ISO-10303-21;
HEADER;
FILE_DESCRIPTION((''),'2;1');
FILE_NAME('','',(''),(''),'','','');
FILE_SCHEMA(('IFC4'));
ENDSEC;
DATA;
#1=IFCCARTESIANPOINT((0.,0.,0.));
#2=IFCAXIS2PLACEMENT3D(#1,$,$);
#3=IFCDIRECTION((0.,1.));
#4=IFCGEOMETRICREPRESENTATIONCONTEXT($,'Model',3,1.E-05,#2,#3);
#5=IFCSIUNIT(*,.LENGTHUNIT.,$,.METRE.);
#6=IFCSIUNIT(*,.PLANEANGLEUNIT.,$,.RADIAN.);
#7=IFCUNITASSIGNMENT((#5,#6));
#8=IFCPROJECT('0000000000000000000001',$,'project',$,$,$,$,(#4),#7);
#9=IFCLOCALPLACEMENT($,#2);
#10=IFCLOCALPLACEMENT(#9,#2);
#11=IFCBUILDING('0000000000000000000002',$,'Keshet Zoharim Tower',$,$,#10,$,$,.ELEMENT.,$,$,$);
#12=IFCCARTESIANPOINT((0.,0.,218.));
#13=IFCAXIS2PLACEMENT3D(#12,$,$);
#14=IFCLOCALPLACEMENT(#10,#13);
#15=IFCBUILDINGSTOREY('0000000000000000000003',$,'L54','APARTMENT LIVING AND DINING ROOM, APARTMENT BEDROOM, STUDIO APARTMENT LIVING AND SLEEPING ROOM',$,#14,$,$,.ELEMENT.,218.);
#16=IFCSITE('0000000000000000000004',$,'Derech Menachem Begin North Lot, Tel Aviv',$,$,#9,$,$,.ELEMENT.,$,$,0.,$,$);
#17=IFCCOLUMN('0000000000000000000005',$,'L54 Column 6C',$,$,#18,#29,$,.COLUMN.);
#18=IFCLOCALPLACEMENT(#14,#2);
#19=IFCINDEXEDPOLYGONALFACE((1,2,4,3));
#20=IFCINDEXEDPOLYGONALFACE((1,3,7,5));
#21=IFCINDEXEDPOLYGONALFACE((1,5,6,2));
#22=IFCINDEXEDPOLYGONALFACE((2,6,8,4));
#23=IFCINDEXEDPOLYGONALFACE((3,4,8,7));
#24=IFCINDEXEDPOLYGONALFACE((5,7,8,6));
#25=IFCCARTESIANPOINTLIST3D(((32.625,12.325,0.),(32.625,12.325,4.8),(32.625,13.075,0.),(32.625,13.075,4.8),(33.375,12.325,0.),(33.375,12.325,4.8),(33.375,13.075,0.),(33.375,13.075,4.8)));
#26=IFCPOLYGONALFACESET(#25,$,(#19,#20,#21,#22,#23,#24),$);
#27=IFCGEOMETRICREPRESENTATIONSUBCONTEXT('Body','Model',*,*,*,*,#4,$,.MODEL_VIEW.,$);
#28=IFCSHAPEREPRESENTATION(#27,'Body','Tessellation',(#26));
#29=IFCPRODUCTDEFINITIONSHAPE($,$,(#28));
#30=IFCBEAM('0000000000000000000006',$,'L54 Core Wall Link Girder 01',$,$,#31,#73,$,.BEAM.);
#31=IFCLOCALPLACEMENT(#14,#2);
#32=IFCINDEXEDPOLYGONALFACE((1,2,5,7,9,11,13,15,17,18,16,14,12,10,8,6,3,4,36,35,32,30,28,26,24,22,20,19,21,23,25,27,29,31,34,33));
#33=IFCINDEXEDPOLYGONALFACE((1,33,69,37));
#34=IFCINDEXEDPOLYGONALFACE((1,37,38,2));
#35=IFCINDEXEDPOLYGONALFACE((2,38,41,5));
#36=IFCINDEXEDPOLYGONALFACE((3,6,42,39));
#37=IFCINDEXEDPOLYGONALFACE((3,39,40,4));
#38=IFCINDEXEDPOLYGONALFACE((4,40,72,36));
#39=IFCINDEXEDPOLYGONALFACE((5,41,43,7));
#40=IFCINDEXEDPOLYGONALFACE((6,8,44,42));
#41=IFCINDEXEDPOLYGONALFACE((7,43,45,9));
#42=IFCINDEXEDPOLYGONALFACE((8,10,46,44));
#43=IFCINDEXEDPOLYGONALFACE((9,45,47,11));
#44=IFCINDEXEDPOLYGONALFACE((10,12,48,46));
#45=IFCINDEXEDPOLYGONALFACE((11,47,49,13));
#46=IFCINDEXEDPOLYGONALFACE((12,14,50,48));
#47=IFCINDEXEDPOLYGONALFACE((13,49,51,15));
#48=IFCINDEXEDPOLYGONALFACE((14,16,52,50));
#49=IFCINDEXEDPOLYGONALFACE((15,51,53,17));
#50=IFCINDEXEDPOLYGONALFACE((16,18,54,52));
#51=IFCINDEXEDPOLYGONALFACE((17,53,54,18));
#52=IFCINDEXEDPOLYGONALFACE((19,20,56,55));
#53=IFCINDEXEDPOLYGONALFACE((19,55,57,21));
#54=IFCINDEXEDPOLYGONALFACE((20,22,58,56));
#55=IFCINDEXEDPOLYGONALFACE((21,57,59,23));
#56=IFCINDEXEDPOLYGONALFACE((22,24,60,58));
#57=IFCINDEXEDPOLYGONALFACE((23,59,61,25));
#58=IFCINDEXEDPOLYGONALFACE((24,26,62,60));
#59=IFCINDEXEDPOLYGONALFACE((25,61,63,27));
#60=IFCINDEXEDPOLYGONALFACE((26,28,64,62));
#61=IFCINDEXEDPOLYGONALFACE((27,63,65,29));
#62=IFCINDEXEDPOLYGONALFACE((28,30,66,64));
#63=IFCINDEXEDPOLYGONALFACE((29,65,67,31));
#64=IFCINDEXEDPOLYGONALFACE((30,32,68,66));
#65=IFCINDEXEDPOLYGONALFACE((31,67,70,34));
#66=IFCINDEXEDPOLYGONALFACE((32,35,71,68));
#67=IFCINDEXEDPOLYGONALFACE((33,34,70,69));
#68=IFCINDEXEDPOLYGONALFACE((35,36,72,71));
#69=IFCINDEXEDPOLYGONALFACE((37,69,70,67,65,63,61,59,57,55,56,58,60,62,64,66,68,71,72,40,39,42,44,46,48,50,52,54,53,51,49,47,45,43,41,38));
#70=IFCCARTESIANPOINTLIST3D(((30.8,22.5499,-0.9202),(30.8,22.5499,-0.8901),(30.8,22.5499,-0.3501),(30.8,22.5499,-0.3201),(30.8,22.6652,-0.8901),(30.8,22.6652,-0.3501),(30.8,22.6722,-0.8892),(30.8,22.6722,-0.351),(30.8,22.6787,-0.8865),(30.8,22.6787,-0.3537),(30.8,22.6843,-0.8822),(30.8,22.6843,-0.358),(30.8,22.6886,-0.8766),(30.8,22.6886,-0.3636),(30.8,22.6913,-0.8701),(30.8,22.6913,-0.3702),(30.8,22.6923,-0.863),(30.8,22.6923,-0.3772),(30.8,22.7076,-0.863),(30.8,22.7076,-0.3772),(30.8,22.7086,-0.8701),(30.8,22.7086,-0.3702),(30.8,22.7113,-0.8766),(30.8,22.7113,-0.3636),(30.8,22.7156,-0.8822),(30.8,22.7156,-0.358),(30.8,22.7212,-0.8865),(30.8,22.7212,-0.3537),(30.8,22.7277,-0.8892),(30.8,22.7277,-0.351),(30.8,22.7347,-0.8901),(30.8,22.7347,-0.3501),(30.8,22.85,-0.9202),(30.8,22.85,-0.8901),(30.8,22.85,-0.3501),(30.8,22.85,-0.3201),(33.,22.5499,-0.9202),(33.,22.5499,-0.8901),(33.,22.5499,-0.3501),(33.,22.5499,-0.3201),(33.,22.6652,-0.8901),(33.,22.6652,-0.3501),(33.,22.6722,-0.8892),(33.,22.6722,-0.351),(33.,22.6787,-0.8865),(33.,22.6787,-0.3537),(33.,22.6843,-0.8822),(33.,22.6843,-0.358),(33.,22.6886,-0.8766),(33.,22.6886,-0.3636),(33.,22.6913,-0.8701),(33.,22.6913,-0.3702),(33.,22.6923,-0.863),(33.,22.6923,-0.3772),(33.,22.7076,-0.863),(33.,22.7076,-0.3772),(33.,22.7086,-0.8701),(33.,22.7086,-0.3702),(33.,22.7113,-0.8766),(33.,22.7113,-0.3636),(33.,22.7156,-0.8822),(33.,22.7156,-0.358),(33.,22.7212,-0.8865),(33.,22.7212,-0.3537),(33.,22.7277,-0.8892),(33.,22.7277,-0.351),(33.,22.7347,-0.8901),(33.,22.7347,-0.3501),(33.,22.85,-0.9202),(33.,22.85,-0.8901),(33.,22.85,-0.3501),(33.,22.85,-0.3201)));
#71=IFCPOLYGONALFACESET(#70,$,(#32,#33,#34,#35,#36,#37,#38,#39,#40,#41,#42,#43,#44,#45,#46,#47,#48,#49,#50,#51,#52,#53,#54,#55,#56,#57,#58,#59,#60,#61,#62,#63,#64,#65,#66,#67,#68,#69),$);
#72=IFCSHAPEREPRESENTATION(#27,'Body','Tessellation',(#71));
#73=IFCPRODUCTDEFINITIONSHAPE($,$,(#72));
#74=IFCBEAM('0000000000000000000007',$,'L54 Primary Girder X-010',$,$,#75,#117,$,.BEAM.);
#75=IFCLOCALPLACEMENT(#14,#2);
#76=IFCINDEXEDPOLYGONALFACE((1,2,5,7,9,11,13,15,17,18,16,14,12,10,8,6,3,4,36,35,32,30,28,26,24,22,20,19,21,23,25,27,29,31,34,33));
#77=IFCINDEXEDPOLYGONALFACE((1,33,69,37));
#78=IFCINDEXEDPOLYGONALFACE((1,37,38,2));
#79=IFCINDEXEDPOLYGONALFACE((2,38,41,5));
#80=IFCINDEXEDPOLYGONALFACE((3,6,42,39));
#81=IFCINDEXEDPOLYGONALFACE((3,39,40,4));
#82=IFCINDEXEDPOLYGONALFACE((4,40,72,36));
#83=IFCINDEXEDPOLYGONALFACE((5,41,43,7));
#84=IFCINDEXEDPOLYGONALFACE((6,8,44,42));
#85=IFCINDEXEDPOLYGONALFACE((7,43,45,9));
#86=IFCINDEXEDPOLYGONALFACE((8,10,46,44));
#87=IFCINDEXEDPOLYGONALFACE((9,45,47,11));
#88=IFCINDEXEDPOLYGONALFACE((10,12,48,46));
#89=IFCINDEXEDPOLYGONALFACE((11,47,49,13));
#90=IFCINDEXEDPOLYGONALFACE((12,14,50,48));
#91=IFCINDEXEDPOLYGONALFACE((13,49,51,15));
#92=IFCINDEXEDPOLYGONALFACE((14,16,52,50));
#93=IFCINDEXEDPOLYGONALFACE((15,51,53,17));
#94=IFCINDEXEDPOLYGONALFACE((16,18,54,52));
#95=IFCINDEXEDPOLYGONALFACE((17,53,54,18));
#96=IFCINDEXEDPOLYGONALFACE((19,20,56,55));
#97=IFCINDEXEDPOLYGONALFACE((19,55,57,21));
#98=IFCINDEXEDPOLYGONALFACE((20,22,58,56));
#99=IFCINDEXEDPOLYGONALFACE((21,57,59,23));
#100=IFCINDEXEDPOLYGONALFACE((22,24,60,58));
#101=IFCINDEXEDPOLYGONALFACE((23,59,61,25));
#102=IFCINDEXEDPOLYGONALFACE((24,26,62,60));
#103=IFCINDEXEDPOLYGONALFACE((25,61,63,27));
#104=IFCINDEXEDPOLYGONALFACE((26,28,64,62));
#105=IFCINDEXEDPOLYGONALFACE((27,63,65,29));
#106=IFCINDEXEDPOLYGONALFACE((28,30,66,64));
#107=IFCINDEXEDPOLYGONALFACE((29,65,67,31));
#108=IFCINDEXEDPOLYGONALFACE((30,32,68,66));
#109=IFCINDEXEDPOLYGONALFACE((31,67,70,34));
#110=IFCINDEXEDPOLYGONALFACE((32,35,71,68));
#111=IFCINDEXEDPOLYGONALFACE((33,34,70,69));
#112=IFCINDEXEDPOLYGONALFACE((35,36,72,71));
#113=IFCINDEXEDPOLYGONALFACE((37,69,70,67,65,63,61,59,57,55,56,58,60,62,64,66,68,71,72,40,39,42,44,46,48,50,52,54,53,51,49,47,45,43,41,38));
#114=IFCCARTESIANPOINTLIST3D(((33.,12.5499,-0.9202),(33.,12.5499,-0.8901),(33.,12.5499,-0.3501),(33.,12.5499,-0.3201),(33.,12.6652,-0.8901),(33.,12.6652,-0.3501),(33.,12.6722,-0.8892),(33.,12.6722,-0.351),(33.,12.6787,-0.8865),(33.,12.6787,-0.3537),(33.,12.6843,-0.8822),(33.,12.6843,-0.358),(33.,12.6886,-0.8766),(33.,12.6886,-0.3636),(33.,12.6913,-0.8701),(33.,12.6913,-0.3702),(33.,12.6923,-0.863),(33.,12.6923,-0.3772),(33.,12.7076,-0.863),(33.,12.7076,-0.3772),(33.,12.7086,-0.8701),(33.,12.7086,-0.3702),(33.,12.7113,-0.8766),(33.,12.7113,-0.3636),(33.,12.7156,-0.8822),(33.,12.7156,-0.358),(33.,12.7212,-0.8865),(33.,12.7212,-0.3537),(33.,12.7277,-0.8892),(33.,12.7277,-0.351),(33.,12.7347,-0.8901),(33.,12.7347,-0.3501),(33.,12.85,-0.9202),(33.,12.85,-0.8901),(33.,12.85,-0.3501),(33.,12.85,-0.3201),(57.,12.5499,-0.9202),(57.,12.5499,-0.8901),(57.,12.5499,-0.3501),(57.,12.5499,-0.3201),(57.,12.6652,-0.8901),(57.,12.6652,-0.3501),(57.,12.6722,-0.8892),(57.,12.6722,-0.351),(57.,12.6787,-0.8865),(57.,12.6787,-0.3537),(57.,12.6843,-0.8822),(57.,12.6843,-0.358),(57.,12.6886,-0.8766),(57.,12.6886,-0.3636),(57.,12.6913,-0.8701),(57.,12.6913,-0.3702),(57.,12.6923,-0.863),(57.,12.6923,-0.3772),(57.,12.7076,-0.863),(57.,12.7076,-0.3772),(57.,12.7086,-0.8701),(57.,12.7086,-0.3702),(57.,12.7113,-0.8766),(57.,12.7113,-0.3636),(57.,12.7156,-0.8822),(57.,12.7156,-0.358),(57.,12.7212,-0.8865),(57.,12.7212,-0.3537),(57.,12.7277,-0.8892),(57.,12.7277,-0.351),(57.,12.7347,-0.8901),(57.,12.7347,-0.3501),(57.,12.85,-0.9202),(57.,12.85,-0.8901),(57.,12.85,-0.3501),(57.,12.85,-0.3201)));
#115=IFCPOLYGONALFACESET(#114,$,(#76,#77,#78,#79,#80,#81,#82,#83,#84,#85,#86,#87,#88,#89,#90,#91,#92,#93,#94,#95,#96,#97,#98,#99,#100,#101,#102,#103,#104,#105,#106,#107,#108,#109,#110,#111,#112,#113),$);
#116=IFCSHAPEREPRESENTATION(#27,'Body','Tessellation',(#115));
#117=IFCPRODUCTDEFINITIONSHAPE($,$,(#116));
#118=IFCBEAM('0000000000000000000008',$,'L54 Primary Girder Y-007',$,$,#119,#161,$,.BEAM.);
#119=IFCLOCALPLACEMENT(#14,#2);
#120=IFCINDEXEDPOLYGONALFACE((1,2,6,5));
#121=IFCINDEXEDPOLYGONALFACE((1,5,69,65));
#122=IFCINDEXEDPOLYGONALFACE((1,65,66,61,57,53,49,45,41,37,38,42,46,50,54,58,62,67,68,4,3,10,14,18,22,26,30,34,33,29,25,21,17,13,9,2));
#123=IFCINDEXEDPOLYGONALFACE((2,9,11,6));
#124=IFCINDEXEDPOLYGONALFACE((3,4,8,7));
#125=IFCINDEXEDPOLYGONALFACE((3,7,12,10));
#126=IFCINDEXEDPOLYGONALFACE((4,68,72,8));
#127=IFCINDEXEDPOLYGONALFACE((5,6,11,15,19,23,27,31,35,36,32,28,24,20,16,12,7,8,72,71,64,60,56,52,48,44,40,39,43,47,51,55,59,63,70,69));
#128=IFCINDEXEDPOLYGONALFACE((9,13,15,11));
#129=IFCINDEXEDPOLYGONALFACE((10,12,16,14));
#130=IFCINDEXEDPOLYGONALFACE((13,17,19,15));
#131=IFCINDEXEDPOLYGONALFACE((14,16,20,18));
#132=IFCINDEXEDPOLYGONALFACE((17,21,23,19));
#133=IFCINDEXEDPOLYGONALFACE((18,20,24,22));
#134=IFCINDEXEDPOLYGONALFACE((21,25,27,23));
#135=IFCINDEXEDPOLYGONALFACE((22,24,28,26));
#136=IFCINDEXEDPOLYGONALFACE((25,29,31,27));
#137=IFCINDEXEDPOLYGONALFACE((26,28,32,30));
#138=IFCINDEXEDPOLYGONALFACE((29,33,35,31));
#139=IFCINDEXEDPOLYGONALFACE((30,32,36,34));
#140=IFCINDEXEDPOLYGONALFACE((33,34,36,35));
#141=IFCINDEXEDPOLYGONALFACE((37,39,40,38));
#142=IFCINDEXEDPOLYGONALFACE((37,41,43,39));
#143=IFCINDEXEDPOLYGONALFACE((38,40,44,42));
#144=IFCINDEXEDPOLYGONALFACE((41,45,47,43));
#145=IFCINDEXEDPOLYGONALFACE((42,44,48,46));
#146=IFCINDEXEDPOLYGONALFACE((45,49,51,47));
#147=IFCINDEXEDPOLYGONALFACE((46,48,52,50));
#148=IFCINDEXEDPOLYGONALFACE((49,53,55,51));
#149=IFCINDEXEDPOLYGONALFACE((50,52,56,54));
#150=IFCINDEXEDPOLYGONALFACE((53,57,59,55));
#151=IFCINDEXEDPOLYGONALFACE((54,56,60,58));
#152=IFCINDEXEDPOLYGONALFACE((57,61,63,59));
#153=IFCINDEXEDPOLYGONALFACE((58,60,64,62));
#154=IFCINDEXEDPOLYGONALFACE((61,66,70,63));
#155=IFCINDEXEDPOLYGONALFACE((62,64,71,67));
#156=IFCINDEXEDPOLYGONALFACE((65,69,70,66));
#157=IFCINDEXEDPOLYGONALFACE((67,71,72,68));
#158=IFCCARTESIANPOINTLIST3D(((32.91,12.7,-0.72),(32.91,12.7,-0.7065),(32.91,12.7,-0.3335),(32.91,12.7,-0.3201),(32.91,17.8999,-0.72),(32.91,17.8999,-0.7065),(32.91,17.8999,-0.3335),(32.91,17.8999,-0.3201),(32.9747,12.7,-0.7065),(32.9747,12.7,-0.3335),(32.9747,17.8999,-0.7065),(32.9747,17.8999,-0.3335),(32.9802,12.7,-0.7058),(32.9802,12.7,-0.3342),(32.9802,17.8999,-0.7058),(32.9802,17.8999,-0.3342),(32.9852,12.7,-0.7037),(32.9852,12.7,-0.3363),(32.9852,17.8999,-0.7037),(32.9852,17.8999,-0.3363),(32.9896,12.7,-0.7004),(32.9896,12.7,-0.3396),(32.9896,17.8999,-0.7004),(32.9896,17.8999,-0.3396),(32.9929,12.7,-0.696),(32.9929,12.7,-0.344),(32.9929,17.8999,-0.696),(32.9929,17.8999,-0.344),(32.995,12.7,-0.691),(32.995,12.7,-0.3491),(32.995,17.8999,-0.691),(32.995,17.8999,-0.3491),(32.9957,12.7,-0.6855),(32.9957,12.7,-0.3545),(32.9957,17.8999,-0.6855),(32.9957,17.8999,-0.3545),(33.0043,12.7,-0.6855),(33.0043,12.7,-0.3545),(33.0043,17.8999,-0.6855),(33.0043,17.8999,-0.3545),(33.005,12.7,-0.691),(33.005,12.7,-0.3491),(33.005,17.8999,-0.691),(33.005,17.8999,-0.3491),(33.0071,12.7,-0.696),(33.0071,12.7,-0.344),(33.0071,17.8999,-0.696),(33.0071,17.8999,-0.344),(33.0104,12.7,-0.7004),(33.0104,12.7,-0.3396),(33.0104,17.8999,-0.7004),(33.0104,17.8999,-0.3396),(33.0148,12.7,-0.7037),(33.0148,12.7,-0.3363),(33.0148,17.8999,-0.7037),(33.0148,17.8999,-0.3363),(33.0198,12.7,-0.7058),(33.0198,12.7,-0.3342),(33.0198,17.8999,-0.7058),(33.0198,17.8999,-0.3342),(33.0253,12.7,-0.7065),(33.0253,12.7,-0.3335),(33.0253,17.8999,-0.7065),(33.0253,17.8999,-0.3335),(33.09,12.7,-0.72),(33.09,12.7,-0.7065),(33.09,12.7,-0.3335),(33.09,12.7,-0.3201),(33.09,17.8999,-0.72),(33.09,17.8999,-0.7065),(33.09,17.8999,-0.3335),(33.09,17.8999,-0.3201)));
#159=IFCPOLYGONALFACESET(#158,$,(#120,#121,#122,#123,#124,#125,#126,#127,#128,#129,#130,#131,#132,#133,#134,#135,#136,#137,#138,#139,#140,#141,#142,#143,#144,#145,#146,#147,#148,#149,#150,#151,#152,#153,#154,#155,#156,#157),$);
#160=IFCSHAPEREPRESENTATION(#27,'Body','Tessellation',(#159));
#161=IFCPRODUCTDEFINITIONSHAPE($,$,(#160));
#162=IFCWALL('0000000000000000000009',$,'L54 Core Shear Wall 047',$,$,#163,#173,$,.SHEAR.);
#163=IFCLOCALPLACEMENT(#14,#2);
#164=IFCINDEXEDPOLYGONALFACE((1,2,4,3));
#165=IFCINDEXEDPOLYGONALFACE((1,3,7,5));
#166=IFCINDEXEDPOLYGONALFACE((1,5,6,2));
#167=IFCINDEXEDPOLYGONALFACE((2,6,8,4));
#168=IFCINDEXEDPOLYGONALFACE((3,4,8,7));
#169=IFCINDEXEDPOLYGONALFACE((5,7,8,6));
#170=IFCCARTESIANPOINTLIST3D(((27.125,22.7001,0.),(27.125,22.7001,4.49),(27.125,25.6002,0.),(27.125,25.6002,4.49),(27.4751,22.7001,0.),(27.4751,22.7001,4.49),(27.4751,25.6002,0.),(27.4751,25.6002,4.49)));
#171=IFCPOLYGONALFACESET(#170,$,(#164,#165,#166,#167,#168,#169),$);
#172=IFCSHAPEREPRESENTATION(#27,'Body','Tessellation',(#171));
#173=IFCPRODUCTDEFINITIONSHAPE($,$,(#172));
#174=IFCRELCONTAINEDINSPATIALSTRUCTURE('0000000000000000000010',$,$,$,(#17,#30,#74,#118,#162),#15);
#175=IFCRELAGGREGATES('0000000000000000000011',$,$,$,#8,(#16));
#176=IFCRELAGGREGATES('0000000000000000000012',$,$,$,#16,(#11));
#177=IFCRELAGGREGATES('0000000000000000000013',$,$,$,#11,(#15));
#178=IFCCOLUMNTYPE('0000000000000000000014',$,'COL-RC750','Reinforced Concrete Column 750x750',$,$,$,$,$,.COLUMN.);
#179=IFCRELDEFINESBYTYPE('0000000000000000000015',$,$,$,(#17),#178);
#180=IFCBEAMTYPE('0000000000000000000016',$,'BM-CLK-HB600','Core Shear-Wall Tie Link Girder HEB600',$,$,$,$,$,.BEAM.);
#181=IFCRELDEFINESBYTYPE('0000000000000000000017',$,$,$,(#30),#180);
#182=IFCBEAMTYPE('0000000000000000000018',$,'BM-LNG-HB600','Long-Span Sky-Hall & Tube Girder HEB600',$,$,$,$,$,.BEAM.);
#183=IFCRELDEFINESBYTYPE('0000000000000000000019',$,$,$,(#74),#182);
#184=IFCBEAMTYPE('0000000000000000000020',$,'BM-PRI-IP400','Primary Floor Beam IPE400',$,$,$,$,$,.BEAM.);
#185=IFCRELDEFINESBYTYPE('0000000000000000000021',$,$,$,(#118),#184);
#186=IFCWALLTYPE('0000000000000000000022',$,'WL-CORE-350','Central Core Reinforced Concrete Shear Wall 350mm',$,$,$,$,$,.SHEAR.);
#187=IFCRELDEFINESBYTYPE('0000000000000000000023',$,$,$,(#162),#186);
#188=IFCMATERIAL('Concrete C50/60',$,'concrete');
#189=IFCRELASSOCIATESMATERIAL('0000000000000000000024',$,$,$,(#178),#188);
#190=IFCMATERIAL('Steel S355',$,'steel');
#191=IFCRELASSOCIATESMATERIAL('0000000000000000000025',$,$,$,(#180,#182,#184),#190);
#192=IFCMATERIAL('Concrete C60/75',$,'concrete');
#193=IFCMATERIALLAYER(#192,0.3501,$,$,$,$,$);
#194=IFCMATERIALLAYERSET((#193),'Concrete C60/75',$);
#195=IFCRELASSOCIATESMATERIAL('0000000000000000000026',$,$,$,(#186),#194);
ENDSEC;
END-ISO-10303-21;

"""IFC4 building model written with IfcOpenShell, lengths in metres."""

from ifc_helpers import new_model, si_unit, direction, frame, frame_2d, origin, origin_2d, place, context, subcontext, project, spatial, rectangle, i_section, extrude, material, layer, layer_set, material_profile, profile_set, type_object, element, save


model = new_model("IFC4")

# Units and contexts
model_context = context("Model", 3, precision=1e-05, world=origin(), true_north=direction((0.0, 1.0)))
body_context = subcontext(model_context, "Body", "Model", "MODEL_VIEW")
ifc_project = project(units=[si_unit("LENGTHUNIT", "METRE"), si_unit("PLANEANGLEUNIT", "RADIAN")], contexts=[model_context])

# Site, building, storey
site_placement = place(None, origin())
site = spatial("IfcSite", under=ifc_project, at=site_placement, Name="Derech Menachem Begin North Lot, Tel Aviv", CompositionType="ELEMENT", RefElevation=0.0)
building_placement = place(site_placement, origin())
building = spatial("IfcBuilding", under=site, at=building_placement, Name="Keshet Zoharim Tower", CompositionType="ELEMENT")
storey_placement = place(building_placement, frame((0.0, 0.0, 218.0)))
storey = spatial("IfcBuildingStorey", under=building, at=storey_placement, Name="L54", Description="APARTMENT LIVING AND DINING ROOM, APARTMENT BEDROOM, STUDIO APARTMENT LIVING AND SLEEPING ROOM", CompositionType="ELEMENT", Elevation=218.0)

# Column
ifc_material_1 = material(Name="Concrete C50/60", Category="concrete")
ifc_material_profile_1 = material_profile(ifc_material_1, rectangle(XDim=0.75, YDim=0.75, at=origin_2d()), Name="RC750x750")
ifc_profile_set_1 = profile_set([ifc_material_profile_1], Name="Concrete C50/60")
column_type = type_object("IfcColumnType", Name="COL-RC750", Description="Reinforced Concrete Column 750x750", PredefinedType="COLUMN", material=ifc_profile_set_1)
column_placement = place(storey_placement, frame((33.0, 12.7, 0.0), z_axis=(0.0, 0.0, 1.0), x_axis=(1.0, 0.0, 0.0)))
element("IfcColumn", 1, at=column_placement, inside=storey, type_object=column_type, Name="L54 Column 6C", PredefinedType="COLUMN", context=body_context, shape_type="SweptSolid", body=[
    extrude(rectangle(XDim=0.75, YDim=0.75, at=origin_2d()), origin(), (0.0, 0.0, 1.0), 4.8),
])

# Beams
ifc_material_2 = material(Name="Steel S355", Category="steel")
ifc_material_profile_2 = material_profile(ifc_material_2, i_section(OverallWidth=0.3, OverallDepth=0.6001, WebThickness=0.0154, FlangeThickness=0.03, FilletRadius=0.0271, at=origin_2d()), Name="HEB600")
ifc_profile_set_2 = profile_set([ifc_material_profile_2], Name="Steel S355")
beam_type_1 = type_object("IfcBeamType", Name="BM-CLK-HB600", Description="Core Shear-Wall Tie Link Girder HEB600", PredefinedType="BEAM", material=ifc_profile_set_2)
beam_1_placement = place(storey_placement, frame((30.8, 22.7, -0.6201), z_axis=(1.0, 0.0, 0.0), x_axis=(0.0, 1.0, 0.0)))
element("IfcBeam", 2, at=beam_1_placement, inside=storey, type_object=beam_type_1, Name="L54 Core Wall Link Girder 01", PredefinedType="BEAM", context=body_context, shape_type="SweptSolid", body=[
    extrude(i_section(OverallWidth=0.3, OverallDepth=0.6001, WebThickness=0.0154, FlangeThickness=0.03, FilletRadius=0.0271, at=origin_2d()), origin(), (0.0, 0.0, 1.0), 2.2),
])
ifc_material_profile_3 = material_profile(ifc_material_2, i_section(OverallWidth=0.3, OverallDepth=0.6001, WebThickness=0.0154, FlangeThickness=0.03, FilletRadius=0.0271, at=origin_2d()), Name="HEB600")
ifc_profile_set_3 = profile_set([ifc_material_profile_3], Name="Steel S355")
beam_type_2 = type_object("IfcBeamType", Name="BM-LNG-HB600", Description="Long-Span Sky-Hall & Tube Girder HEB600", PredefinedType="BEAM", material=ifc_profile_set_3)
beam_2_placement = place(storey_placement, frame((33.0, 12.7, -0.6201), z_axis=(1.0, 0.0, 0.0), x_axis=(0.0, 1.0, 0.0)))
element("IfcBeam", 3, at=beam_2_placement, inside=storey, type_object=beam_type_2, Name="L54 Primary Girder X-010", PredefinedType="BEAM", context=body_context, shape_type="SweptSolid", body=[
    extrude(i_section(OverallWidth=0.3, OverallDepth=0.6001, WebThickness=0.0154, FlangeThickness=0.03, FilletRadius=0.0271, at=origin_2d()), origin(), (0.0, 0.0, 1.0), 24.0),
])
ifc_material_profile_4 = material_profile(ifc_material_2, i_section(OverallWidth=0.1799, OverallDepth=0.3999, WebThickness=0.0085, FlangeThickness=0.0134, FilletRadius=0.021, at=origin_2d()), Name="IPE400")
ifc_profile_set_4 = profile_set([ifc_material_profile_4], Name="Steel S355")
beam_type_3 = type_object("IfcBeamType", Name="BM-PRI-IP400", Description="Primary Floor Beam IPE400", PredefinedType="BEAM", material=ifc_profile_set_4)
beam_3_placement = place(storey_placement, frame((33.0, 12.7, -0.52), z_axis=(0.0, 1.0, 0.0), x_axis=(-1.0, 0.0, 0.0)))
element("IfcBeam", 4, at=beam_3_placement, inside=storey, type_object=beam_type_3, Name="L54 Primary Girder Y-007", PredefinedType="BEAM", context=body_context, shape_type="SweptSolid", body=[
    extrude(i_section(OverallWidth=0.1799, OverallDepth=0.3999, WebThickness=0.0085, FlangeThickness=0.0134, FilletRadius=0.021, at=origin_2d()), origin(), (0.0, 0.0, 1.0), 5.2),
])

# Wall
ifc_material_3 = material(Name="Concrete C60/75", Category="concrete")
ifc_layer_1 = layer(ifc_material_3, 0.3501)
ifc_layer_set_1 = layer_set([ifc_layer_1], Name="Concrete C60/75")
wall_type_1 = type_object("IfcWallType", Name="WL-CORE-350", Description="Central Core Reinforced Concrete Shear Wall 350mm", PredefinedType="SHEAR", material=ifc_layer_set_1)
wall_1_placement = place(storey_placement, frame((27.3, 22.7, 0.0), z_axis=(0.0, 0.0, 1.0), x_axis=(0.0, 1.0, 0.0)))
element("IfcWall", 5, at=wall_1_placement, inside=storey, type_object=wall_type_1, Name="L54 Core Shear Wall 047", PredefinedType="SHEAR", context=body_context, shape_type="SweptSolid", body=[
    extrude(rectangle(XDim=2.9001, YDim=0.3501, at=frame_2d((1.4502, 0.0))), origin(), (0.0, 0.0, 1.0), 4.49),
])

save(model, "model.ifc")
